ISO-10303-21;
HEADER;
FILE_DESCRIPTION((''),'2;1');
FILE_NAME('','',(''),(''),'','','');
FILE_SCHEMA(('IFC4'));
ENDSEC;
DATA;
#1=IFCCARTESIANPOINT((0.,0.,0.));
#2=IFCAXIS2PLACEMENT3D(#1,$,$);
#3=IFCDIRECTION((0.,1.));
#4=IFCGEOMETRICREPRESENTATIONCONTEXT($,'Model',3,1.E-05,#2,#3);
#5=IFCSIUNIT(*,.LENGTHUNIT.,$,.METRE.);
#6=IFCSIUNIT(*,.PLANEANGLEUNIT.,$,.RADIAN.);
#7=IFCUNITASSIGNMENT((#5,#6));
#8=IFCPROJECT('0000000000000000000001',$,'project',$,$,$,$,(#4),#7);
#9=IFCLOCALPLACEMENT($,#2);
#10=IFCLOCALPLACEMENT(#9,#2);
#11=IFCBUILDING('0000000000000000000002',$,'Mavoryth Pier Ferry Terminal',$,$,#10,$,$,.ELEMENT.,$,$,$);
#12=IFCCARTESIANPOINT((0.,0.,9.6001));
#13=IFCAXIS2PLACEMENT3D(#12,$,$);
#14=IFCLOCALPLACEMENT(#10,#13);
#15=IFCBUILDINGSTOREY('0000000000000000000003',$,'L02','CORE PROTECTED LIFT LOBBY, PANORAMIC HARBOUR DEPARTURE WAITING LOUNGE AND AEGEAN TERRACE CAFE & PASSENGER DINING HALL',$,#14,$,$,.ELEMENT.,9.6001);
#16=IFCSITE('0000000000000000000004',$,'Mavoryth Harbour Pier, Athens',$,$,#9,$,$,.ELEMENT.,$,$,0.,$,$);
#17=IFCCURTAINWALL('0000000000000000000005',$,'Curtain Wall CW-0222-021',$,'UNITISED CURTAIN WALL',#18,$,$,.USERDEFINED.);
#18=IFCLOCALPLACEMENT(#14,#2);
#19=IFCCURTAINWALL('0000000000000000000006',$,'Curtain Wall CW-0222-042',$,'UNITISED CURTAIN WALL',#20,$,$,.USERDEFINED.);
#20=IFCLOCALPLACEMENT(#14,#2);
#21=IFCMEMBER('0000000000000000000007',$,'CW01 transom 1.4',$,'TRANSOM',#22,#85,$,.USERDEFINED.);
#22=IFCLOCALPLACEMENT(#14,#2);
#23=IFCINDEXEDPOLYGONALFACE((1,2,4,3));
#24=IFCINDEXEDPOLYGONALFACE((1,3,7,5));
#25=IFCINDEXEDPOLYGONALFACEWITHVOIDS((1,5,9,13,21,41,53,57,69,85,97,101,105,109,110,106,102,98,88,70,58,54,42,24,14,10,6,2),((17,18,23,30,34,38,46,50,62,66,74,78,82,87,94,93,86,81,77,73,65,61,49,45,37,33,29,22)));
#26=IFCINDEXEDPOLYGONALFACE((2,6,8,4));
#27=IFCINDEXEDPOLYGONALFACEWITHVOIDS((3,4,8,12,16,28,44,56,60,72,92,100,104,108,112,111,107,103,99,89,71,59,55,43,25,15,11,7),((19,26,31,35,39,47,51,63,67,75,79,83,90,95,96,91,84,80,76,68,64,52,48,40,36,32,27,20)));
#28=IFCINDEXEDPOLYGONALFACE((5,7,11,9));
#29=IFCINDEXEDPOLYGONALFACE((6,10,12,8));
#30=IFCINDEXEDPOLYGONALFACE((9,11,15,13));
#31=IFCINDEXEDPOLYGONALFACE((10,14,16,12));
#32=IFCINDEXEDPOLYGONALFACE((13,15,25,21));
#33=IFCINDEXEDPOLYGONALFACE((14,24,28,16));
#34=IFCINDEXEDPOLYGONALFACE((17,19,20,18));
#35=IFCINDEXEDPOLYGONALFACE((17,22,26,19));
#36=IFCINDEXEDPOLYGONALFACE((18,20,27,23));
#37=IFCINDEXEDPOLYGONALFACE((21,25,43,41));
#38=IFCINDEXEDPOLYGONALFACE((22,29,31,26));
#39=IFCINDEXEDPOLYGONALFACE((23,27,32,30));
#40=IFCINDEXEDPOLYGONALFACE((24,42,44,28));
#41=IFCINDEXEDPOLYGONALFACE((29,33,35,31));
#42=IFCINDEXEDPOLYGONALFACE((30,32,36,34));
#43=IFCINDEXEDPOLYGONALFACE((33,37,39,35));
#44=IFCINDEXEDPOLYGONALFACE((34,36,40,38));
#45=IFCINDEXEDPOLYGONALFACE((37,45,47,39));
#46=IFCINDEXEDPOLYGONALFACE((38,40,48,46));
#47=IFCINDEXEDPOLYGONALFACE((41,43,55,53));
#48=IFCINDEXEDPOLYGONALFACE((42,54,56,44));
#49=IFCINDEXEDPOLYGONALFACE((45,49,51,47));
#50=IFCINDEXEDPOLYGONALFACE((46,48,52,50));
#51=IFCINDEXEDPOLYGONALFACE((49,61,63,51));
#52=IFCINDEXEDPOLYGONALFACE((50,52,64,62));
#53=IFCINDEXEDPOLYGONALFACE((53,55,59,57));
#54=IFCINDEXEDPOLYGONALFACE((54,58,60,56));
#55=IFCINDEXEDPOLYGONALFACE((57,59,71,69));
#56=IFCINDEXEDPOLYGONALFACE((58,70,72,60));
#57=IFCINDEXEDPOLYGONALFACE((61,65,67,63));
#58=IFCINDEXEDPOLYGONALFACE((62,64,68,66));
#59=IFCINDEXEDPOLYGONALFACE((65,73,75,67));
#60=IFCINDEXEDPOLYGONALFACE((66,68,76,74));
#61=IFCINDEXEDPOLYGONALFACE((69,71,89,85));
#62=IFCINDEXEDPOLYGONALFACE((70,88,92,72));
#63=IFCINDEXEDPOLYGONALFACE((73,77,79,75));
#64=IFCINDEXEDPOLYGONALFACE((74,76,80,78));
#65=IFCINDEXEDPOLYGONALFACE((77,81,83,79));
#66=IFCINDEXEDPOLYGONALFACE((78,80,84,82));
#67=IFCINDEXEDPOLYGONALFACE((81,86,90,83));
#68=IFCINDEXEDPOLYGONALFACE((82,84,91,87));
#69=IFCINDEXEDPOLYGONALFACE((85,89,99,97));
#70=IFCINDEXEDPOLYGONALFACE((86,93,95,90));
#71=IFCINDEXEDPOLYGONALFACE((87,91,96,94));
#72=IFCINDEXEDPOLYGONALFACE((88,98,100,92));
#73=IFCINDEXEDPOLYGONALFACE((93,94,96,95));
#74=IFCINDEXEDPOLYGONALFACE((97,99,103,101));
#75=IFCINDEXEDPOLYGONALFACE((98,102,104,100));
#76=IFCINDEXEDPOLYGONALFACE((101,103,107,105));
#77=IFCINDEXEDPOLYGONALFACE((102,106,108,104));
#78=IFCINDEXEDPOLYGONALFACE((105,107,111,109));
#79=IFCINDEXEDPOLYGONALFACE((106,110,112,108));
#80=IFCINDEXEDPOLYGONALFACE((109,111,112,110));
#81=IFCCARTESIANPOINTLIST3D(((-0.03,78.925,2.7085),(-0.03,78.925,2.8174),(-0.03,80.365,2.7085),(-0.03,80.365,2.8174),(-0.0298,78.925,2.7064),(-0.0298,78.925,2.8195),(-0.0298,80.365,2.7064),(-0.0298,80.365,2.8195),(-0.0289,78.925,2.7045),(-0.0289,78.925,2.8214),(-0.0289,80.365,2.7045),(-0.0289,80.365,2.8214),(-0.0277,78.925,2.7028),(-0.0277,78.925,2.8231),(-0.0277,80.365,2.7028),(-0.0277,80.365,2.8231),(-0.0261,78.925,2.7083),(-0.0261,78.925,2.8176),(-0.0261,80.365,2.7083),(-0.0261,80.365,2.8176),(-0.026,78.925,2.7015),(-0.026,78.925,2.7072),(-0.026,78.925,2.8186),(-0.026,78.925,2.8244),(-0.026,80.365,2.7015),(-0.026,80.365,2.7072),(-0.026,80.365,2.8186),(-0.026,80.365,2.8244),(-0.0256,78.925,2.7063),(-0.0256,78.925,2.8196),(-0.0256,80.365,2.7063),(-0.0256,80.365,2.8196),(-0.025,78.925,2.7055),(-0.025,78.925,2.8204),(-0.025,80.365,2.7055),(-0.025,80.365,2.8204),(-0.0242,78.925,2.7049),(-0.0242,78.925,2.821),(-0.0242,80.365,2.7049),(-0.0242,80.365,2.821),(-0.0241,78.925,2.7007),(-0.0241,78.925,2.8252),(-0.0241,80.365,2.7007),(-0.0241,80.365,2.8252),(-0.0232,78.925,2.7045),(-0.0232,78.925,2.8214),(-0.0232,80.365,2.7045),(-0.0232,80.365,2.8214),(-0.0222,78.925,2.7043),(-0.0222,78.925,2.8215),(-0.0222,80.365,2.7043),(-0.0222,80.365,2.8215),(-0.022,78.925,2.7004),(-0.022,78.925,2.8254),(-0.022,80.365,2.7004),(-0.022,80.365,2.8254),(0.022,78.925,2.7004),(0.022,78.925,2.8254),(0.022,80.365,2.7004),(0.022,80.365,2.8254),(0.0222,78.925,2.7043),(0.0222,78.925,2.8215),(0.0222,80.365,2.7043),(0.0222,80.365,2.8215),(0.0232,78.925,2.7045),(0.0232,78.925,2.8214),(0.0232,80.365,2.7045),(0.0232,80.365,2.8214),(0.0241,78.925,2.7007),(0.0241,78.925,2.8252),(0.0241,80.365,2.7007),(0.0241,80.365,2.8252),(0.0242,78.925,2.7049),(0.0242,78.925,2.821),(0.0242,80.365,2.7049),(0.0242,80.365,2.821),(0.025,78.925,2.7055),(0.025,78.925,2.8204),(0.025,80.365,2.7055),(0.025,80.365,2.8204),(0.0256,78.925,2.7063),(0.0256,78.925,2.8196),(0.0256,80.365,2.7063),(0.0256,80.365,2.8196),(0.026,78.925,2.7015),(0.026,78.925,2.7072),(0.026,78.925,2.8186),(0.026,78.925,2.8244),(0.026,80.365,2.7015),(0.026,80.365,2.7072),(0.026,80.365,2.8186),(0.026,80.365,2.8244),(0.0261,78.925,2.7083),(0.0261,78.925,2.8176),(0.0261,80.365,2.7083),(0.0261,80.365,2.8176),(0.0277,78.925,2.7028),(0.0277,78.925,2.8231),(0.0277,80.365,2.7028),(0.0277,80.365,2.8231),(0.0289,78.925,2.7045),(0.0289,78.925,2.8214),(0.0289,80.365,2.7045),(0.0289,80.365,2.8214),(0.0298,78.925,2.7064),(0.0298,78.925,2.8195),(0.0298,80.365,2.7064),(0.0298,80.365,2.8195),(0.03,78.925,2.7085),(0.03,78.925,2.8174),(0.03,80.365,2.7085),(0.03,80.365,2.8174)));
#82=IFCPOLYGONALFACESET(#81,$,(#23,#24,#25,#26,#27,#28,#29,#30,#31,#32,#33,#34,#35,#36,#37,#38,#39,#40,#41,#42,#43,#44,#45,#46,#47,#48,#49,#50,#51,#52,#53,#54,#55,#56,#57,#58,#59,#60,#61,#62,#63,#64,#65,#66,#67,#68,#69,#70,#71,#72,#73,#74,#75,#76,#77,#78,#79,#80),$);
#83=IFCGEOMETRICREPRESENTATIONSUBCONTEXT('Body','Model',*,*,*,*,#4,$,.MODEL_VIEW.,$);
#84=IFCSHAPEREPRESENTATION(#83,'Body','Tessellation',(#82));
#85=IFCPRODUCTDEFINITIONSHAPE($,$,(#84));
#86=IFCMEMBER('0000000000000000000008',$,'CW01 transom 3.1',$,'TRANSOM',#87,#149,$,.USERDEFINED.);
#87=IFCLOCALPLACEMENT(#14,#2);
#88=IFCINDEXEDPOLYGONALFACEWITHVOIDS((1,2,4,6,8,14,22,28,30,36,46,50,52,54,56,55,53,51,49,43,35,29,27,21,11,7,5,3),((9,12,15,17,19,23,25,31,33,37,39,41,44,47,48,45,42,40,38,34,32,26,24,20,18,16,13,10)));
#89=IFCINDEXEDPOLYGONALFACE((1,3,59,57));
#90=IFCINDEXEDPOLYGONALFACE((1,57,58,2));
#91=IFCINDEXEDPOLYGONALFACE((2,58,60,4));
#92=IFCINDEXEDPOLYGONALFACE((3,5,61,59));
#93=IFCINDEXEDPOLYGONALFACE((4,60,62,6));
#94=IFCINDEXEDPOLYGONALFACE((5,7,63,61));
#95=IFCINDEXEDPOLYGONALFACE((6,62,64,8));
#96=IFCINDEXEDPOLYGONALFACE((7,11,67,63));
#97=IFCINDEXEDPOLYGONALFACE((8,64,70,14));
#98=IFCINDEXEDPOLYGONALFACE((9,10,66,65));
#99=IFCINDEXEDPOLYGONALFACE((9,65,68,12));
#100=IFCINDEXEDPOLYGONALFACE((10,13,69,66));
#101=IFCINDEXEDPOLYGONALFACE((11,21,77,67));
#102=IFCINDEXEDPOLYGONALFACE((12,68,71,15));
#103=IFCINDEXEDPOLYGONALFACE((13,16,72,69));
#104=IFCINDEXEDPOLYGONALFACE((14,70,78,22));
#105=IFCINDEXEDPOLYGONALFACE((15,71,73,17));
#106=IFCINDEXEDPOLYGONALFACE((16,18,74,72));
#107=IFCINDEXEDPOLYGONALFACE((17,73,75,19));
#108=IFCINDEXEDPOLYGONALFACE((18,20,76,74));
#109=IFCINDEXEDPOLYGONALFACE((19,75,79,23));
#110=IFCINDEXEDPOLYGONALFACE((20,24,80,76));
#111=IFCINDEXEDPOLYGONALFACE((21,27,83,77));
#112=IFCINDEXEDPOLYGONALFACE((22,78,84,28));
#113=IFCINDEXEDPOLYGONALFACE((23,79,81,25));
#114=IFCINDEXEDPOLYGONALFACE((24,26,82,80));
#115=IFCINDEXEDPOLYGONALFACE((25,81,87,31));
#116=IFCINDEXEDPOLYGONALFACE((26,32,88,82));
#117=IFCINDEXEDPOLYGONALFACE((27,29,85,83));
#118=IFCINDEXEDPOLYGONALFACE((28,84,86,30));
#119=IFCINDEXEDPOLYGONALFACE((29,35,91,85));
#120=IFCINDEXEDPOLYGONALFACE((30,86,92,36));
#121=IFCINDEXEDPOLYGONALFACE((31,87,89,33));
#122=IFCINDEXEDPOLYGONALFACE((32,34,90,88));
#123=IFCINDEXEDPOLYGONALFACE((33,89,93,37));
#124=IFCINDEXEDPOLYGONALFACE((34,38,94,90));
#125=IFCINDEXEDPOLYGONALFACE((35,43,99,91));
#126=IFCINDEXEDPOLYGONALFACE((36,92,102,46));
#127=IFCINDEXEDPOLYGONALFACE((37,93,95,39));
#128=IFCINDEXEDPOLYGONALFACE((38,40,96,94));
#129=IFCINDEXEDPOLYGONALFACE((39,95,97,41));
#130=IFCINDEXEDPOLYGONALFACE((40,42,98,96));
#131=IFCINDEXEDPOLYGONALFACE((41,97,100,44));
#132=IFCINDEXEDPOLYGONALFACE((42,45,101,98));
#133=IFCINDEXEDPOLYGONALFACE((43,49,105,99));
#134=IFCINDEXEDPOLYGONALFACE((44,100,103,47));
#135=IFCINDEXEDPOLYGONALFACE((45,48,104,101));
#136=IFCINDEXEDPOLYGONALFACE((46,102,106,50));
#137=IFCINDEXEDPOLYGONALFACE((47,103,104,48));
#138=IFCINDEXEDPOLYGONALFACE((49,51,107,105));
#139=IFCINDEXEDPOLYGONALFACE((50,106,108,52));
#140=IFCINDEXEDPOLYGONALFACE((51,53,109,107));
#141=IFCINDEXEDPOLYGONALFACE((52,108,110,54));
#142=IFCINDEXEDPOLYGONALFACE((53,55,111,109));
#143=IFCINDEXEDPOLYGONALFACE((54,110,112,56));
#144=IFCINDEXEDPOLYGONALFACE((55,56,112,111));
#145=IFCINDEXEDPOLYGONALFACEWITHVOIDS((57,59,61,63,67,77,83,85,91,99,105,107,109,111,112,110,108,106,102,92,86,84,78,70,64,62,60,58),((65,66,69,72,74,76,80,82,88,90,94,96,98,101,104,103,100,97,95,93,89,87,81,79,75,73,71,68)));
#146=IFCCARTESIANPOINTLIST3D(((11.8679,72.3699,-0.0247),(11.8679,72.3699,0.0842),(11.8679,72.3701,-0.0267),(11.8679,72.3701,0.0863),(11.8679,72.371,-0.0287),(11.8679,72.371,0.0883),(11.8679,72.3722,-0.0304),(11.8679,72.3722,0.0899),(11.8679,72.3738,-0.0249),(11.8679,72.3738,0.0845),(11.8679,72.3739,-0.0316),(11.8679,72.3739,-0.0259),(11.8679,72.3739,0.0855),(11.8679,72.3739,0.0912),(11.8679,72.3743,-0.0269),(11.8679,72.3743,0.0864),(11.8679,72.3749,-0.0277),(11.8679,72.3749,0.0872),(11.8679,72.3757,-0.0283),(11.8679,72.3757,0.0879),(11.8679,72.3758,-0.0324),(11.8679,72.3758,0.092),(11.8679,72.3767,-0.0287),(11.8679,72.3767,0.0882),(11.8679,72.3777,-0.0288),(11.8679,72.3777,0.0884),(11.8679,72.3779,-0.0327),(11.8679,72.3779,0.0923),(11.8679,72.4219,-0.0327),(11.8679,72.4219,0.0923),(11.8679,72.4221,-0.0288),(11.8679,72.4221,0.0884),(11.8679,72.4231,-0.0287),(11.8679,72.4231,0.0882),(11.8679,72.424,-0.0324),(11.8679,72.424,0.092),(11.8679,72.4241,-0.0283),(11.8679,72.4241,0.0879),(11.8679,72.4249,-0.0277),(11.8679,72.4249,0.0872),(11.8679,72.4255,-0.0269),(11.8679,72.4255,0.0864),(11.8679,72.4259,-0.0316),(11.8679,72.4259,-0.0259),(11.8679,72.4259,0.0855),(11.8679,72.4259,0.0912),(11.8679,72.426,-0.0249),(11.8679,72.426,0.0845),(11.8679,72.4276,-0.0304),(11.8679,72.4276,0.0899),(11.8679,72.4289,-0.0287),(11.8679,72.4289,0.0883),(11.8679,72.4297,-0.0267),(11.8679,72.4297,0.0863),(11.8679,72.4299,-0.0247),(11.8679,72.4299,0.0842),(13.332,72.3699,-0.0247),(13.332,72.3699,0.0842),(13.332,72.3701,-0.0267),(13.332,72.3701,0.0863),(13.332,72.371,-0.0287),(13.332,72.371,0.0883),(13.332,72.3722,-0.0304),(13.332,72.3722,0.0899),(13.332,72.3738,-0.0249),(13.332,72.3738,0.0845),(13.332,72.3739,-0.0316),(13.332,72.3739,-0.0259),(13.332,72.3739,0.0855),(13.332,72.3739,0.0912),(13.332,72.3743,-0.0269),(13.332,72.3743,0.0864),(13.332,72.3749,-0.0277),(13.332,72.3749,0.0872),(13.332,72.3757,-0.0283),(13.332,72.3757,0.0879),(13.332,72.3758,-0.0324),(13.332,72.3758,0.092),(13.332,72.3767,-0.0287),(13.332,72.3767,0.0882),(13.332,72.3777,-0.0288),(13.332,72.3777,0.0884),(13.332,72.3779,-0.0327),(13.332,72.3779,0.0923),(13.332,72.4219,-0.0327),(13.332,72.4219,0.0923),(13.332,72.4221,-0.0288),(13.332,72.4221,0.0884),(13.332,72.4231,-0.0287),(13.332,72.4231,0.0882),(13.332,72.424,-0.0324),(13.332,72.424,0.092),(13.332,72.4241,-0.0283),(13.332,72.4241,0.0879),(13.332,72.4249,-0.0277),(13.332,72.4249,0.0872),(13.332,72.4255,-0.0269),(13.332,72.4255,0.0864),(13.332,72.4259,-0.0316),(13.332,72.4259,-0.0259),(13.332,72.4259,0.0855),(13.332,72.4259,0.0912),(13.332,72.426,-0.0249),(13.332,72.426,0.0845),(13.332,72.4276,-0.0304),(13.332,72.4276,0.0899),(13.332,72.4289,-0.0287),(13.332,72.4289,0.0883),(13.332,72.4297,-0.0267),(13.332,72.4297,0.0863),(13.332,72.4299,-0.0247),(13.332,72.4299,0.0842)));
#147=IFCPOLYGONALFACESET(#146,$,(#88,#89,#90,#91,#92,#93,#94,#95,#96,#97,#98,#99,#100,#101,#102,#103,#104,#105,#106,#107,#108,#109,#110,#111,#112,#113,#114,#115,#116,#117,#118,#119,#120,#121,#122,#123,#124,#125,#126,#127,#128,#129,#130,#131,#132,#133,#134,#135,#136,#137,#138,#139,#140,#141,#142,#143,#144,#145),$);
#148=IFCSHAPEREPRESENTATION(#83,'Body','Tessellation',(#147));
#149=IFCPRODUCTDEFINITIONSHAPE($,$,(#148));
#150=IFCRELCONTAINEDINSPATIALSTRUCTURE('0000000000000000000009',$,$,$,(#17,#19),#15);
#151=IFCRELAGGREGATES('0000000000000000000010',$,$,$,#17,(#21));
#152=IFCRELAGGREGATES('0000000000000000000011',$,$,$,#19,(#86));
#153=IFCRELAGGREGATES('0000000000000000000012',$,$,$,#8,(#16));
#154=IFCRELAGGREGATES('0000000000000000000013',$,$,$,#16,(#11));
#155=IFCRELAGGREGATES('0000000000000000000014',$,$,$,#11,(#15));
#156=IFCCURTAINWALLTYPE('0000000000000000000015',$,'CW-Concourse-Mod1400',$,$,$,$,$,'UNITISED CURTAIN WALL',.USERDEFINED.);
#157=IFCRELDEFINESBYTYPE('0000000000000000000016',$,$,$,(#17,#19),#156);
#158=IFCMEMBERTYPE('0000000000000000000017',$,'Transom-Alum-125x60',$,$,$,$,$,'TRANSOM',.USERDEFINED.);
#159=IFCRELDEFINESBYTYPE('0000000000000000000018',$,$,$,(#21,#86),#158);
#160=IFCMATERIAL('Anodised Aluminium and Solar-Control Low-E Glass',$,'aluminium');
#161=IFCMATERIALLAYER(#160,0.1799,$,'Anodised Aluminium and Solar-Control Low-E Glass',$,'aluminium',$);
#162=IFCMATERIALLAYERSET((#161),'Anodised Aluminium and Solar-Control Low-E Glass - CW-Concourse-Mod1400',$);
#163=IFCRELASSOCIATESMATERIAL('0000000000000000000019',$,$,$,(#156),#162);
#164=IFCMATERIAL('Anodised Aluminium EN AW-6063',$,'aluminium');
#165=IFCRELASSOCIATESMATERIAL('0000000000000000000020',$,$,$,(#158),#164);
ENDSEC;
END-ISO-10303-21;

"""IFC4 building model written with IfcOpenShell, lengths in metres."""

from ifc_helpers import new_model, si_unit, direction, frame, origin, origin_2d, place, context, subcontext, project, spatial, hollow_rectangle, extrude, material, layer, layer_set, material_profile, profile_set, type_object, element, aggregate, save


model = new_model("IFC4")

# Units and contexts
model_context = context("Model", 3, precision=1e-05, world=origin(), true_north=direction((0.0, 1.0)))
body_context = subcontext(model_context, "Body", "Model", "MODEL_VIEW")
ifc_project = project(units=[si_unit("LENGTHUNIT", "METRE"), si_unit("PLANEANGLEUNIT", "RADIAN")], contexts=[model_context])

# Site, building, storey
site_placement = place(None, origin())
site = spatial("IfcSite", under=ifc_project, at=site_placement, Name="Mavoryth Harbour Pier, Athens", CompositionType="ELEMENT", RefElevation=0.0)
building_placement = place(site_placement, origin())
building = spatial("IfcBuilding", under=site, at=building_placement, Name="Mavoryth Pier Ferry Terminal", CompositionType="ELEMENT")
storey_placement = place(building_placement, frame((0.0, 0.0, 9.6001)))
storey = spatial("IfcBuildingStorey", under=building, at=storey_placement, Name="L02", Description="CORE PROTECTED LIFT LOBBY, PANORAMIC HARBOUR DEPARTURE WAITING LOUNGE AND AEGEAN TERRACE CAFE & PASSENGER DINING HALL", CompositionType="ELEMENT", Elevation=9.6001)

# Curtain wall
ifc_material_1 = material(Name="Anodised Aluminium and Solar-Control Low-E Glass", Category="aluminium")
ifc_layer_1 = layer(ifc_material_1, 0.1799, Name="Anodised Aluminium and Solar-Control Low-E Glass", Category="aluminium")
ifc_layer_set_1 = layer_set([ifc_layer_1], Name="Anodised Aluminium and Solar-Control Low-E Glass - CW-Concourse-Mod1400")
curtain_wall_type = type_object("IfcCurtainWallType", Name="CW-Concourse-Mod1400", ElementType="UNITISED CURTAIN WALL", PredefinedType="USERDEFINED", material=ifc_layer_set_1)
curtain_wall_1_placement = place(storey_placement, origin())
curtain_wall_1 = element("IfcCurtainWall", 1, at=curtain_wall_1_placement, inside=storey, type_object=curtain_wall_type, Name="Curtain Wall CW-0222-021", ObjectType="UNITISED CURTAIN WALL", PredefinedType="USERDEFINED")
ifc_material_2 = material(Name="Anodised Aluminium EN AW-6063", Category="aluminium")

# Curtain wall
curtain_wall_2_placement = place(storey_placement, origin())
curtain_wall_2 = element("IfcCurtainWall", 2, at=curtain_wall_2_placement, inside=storey, type_object=curtain_wall_type, Name="Curtain Wall CW-0222-042", ObjectType="UNITISED CURTAIN WALL", PredefinedType="USERDEFINED")

# Members
ifc_material_profile_1 = material_profile(ifc_material_2, hollow_rectangle(XDim=0.0601, YDim=0.125, WallThickness=0.0039, InnerFilletRadius=0.0039, OuterFilletRadius=0.0081, at=origin_2d()), Name="AL-TRAN 125x60x4", Category="aluminium")
ifc_profile_set_1 = profile_set([ifc_material_profile_1], Name="Anodised Aluminium EN AW-6063 - AL-TRAN 125x60x4")
member_type_1 = type_object("IfcMemberType", Name="Transom-Alum-125x60", ElementType="TRANSOM", PredefinedType="USERDEFINED", material=ifc_profile_set_1)
member_1_placement = place(storey_placement, frame((0.0, 80.365, 2.7629), z_axis=(0.0, -1.0, 0.0), x_axis=(1.0, 0.0, 0.0)))
member_1 = element("IfcMember", 3, at=member_1_placement, type_object=member_type_1, Name="CW01 transom 1.4", ObjectType="TRANSOM", PredefinedType="USERDEFINED", context=body_context, shape_type="SweptSolid", body=[
    extrude(hollow_rectangle(XDim=0.0601, YDim=0.125, WallThickness=0.0039, InnerFilletRadius=0.0039, OuterFilletRadius=0.0081, at=origin_2d()), origin(), (0.0, 0.0, 1.0), 1.4399),
])
aggregate(curtain_wall_1, [member_1])
member_2_placement = place(storey_placement, frame((11.8679, 72.3999, 0.0298), z_axis=(1.0, 0.0, 0.0), x_axis=(0.0, 1.0, 0.0)))
member_2 = element("IfcMember", 4, at=member_2_placement, type_object=member_type_1, Name="CW01 transom 3.1", ObjectType="TRANSOM", PredefinedType="USERDEFINED", context=body_context, shape_type="SweptSolid", body=[
    extrude(hollow_rectangle(XDim=0.0601, YDim=0.125, WallThickness=0.0039, InnerFilletRadius=0.0039, OuterFilletRadius=0.0081, at=origin_2d()), origin(), (0.0, 0.0, 1.0), 1.4641),
])

aggregate(curtain_wall_2, [member_2])

save(model, "model.ifc")
